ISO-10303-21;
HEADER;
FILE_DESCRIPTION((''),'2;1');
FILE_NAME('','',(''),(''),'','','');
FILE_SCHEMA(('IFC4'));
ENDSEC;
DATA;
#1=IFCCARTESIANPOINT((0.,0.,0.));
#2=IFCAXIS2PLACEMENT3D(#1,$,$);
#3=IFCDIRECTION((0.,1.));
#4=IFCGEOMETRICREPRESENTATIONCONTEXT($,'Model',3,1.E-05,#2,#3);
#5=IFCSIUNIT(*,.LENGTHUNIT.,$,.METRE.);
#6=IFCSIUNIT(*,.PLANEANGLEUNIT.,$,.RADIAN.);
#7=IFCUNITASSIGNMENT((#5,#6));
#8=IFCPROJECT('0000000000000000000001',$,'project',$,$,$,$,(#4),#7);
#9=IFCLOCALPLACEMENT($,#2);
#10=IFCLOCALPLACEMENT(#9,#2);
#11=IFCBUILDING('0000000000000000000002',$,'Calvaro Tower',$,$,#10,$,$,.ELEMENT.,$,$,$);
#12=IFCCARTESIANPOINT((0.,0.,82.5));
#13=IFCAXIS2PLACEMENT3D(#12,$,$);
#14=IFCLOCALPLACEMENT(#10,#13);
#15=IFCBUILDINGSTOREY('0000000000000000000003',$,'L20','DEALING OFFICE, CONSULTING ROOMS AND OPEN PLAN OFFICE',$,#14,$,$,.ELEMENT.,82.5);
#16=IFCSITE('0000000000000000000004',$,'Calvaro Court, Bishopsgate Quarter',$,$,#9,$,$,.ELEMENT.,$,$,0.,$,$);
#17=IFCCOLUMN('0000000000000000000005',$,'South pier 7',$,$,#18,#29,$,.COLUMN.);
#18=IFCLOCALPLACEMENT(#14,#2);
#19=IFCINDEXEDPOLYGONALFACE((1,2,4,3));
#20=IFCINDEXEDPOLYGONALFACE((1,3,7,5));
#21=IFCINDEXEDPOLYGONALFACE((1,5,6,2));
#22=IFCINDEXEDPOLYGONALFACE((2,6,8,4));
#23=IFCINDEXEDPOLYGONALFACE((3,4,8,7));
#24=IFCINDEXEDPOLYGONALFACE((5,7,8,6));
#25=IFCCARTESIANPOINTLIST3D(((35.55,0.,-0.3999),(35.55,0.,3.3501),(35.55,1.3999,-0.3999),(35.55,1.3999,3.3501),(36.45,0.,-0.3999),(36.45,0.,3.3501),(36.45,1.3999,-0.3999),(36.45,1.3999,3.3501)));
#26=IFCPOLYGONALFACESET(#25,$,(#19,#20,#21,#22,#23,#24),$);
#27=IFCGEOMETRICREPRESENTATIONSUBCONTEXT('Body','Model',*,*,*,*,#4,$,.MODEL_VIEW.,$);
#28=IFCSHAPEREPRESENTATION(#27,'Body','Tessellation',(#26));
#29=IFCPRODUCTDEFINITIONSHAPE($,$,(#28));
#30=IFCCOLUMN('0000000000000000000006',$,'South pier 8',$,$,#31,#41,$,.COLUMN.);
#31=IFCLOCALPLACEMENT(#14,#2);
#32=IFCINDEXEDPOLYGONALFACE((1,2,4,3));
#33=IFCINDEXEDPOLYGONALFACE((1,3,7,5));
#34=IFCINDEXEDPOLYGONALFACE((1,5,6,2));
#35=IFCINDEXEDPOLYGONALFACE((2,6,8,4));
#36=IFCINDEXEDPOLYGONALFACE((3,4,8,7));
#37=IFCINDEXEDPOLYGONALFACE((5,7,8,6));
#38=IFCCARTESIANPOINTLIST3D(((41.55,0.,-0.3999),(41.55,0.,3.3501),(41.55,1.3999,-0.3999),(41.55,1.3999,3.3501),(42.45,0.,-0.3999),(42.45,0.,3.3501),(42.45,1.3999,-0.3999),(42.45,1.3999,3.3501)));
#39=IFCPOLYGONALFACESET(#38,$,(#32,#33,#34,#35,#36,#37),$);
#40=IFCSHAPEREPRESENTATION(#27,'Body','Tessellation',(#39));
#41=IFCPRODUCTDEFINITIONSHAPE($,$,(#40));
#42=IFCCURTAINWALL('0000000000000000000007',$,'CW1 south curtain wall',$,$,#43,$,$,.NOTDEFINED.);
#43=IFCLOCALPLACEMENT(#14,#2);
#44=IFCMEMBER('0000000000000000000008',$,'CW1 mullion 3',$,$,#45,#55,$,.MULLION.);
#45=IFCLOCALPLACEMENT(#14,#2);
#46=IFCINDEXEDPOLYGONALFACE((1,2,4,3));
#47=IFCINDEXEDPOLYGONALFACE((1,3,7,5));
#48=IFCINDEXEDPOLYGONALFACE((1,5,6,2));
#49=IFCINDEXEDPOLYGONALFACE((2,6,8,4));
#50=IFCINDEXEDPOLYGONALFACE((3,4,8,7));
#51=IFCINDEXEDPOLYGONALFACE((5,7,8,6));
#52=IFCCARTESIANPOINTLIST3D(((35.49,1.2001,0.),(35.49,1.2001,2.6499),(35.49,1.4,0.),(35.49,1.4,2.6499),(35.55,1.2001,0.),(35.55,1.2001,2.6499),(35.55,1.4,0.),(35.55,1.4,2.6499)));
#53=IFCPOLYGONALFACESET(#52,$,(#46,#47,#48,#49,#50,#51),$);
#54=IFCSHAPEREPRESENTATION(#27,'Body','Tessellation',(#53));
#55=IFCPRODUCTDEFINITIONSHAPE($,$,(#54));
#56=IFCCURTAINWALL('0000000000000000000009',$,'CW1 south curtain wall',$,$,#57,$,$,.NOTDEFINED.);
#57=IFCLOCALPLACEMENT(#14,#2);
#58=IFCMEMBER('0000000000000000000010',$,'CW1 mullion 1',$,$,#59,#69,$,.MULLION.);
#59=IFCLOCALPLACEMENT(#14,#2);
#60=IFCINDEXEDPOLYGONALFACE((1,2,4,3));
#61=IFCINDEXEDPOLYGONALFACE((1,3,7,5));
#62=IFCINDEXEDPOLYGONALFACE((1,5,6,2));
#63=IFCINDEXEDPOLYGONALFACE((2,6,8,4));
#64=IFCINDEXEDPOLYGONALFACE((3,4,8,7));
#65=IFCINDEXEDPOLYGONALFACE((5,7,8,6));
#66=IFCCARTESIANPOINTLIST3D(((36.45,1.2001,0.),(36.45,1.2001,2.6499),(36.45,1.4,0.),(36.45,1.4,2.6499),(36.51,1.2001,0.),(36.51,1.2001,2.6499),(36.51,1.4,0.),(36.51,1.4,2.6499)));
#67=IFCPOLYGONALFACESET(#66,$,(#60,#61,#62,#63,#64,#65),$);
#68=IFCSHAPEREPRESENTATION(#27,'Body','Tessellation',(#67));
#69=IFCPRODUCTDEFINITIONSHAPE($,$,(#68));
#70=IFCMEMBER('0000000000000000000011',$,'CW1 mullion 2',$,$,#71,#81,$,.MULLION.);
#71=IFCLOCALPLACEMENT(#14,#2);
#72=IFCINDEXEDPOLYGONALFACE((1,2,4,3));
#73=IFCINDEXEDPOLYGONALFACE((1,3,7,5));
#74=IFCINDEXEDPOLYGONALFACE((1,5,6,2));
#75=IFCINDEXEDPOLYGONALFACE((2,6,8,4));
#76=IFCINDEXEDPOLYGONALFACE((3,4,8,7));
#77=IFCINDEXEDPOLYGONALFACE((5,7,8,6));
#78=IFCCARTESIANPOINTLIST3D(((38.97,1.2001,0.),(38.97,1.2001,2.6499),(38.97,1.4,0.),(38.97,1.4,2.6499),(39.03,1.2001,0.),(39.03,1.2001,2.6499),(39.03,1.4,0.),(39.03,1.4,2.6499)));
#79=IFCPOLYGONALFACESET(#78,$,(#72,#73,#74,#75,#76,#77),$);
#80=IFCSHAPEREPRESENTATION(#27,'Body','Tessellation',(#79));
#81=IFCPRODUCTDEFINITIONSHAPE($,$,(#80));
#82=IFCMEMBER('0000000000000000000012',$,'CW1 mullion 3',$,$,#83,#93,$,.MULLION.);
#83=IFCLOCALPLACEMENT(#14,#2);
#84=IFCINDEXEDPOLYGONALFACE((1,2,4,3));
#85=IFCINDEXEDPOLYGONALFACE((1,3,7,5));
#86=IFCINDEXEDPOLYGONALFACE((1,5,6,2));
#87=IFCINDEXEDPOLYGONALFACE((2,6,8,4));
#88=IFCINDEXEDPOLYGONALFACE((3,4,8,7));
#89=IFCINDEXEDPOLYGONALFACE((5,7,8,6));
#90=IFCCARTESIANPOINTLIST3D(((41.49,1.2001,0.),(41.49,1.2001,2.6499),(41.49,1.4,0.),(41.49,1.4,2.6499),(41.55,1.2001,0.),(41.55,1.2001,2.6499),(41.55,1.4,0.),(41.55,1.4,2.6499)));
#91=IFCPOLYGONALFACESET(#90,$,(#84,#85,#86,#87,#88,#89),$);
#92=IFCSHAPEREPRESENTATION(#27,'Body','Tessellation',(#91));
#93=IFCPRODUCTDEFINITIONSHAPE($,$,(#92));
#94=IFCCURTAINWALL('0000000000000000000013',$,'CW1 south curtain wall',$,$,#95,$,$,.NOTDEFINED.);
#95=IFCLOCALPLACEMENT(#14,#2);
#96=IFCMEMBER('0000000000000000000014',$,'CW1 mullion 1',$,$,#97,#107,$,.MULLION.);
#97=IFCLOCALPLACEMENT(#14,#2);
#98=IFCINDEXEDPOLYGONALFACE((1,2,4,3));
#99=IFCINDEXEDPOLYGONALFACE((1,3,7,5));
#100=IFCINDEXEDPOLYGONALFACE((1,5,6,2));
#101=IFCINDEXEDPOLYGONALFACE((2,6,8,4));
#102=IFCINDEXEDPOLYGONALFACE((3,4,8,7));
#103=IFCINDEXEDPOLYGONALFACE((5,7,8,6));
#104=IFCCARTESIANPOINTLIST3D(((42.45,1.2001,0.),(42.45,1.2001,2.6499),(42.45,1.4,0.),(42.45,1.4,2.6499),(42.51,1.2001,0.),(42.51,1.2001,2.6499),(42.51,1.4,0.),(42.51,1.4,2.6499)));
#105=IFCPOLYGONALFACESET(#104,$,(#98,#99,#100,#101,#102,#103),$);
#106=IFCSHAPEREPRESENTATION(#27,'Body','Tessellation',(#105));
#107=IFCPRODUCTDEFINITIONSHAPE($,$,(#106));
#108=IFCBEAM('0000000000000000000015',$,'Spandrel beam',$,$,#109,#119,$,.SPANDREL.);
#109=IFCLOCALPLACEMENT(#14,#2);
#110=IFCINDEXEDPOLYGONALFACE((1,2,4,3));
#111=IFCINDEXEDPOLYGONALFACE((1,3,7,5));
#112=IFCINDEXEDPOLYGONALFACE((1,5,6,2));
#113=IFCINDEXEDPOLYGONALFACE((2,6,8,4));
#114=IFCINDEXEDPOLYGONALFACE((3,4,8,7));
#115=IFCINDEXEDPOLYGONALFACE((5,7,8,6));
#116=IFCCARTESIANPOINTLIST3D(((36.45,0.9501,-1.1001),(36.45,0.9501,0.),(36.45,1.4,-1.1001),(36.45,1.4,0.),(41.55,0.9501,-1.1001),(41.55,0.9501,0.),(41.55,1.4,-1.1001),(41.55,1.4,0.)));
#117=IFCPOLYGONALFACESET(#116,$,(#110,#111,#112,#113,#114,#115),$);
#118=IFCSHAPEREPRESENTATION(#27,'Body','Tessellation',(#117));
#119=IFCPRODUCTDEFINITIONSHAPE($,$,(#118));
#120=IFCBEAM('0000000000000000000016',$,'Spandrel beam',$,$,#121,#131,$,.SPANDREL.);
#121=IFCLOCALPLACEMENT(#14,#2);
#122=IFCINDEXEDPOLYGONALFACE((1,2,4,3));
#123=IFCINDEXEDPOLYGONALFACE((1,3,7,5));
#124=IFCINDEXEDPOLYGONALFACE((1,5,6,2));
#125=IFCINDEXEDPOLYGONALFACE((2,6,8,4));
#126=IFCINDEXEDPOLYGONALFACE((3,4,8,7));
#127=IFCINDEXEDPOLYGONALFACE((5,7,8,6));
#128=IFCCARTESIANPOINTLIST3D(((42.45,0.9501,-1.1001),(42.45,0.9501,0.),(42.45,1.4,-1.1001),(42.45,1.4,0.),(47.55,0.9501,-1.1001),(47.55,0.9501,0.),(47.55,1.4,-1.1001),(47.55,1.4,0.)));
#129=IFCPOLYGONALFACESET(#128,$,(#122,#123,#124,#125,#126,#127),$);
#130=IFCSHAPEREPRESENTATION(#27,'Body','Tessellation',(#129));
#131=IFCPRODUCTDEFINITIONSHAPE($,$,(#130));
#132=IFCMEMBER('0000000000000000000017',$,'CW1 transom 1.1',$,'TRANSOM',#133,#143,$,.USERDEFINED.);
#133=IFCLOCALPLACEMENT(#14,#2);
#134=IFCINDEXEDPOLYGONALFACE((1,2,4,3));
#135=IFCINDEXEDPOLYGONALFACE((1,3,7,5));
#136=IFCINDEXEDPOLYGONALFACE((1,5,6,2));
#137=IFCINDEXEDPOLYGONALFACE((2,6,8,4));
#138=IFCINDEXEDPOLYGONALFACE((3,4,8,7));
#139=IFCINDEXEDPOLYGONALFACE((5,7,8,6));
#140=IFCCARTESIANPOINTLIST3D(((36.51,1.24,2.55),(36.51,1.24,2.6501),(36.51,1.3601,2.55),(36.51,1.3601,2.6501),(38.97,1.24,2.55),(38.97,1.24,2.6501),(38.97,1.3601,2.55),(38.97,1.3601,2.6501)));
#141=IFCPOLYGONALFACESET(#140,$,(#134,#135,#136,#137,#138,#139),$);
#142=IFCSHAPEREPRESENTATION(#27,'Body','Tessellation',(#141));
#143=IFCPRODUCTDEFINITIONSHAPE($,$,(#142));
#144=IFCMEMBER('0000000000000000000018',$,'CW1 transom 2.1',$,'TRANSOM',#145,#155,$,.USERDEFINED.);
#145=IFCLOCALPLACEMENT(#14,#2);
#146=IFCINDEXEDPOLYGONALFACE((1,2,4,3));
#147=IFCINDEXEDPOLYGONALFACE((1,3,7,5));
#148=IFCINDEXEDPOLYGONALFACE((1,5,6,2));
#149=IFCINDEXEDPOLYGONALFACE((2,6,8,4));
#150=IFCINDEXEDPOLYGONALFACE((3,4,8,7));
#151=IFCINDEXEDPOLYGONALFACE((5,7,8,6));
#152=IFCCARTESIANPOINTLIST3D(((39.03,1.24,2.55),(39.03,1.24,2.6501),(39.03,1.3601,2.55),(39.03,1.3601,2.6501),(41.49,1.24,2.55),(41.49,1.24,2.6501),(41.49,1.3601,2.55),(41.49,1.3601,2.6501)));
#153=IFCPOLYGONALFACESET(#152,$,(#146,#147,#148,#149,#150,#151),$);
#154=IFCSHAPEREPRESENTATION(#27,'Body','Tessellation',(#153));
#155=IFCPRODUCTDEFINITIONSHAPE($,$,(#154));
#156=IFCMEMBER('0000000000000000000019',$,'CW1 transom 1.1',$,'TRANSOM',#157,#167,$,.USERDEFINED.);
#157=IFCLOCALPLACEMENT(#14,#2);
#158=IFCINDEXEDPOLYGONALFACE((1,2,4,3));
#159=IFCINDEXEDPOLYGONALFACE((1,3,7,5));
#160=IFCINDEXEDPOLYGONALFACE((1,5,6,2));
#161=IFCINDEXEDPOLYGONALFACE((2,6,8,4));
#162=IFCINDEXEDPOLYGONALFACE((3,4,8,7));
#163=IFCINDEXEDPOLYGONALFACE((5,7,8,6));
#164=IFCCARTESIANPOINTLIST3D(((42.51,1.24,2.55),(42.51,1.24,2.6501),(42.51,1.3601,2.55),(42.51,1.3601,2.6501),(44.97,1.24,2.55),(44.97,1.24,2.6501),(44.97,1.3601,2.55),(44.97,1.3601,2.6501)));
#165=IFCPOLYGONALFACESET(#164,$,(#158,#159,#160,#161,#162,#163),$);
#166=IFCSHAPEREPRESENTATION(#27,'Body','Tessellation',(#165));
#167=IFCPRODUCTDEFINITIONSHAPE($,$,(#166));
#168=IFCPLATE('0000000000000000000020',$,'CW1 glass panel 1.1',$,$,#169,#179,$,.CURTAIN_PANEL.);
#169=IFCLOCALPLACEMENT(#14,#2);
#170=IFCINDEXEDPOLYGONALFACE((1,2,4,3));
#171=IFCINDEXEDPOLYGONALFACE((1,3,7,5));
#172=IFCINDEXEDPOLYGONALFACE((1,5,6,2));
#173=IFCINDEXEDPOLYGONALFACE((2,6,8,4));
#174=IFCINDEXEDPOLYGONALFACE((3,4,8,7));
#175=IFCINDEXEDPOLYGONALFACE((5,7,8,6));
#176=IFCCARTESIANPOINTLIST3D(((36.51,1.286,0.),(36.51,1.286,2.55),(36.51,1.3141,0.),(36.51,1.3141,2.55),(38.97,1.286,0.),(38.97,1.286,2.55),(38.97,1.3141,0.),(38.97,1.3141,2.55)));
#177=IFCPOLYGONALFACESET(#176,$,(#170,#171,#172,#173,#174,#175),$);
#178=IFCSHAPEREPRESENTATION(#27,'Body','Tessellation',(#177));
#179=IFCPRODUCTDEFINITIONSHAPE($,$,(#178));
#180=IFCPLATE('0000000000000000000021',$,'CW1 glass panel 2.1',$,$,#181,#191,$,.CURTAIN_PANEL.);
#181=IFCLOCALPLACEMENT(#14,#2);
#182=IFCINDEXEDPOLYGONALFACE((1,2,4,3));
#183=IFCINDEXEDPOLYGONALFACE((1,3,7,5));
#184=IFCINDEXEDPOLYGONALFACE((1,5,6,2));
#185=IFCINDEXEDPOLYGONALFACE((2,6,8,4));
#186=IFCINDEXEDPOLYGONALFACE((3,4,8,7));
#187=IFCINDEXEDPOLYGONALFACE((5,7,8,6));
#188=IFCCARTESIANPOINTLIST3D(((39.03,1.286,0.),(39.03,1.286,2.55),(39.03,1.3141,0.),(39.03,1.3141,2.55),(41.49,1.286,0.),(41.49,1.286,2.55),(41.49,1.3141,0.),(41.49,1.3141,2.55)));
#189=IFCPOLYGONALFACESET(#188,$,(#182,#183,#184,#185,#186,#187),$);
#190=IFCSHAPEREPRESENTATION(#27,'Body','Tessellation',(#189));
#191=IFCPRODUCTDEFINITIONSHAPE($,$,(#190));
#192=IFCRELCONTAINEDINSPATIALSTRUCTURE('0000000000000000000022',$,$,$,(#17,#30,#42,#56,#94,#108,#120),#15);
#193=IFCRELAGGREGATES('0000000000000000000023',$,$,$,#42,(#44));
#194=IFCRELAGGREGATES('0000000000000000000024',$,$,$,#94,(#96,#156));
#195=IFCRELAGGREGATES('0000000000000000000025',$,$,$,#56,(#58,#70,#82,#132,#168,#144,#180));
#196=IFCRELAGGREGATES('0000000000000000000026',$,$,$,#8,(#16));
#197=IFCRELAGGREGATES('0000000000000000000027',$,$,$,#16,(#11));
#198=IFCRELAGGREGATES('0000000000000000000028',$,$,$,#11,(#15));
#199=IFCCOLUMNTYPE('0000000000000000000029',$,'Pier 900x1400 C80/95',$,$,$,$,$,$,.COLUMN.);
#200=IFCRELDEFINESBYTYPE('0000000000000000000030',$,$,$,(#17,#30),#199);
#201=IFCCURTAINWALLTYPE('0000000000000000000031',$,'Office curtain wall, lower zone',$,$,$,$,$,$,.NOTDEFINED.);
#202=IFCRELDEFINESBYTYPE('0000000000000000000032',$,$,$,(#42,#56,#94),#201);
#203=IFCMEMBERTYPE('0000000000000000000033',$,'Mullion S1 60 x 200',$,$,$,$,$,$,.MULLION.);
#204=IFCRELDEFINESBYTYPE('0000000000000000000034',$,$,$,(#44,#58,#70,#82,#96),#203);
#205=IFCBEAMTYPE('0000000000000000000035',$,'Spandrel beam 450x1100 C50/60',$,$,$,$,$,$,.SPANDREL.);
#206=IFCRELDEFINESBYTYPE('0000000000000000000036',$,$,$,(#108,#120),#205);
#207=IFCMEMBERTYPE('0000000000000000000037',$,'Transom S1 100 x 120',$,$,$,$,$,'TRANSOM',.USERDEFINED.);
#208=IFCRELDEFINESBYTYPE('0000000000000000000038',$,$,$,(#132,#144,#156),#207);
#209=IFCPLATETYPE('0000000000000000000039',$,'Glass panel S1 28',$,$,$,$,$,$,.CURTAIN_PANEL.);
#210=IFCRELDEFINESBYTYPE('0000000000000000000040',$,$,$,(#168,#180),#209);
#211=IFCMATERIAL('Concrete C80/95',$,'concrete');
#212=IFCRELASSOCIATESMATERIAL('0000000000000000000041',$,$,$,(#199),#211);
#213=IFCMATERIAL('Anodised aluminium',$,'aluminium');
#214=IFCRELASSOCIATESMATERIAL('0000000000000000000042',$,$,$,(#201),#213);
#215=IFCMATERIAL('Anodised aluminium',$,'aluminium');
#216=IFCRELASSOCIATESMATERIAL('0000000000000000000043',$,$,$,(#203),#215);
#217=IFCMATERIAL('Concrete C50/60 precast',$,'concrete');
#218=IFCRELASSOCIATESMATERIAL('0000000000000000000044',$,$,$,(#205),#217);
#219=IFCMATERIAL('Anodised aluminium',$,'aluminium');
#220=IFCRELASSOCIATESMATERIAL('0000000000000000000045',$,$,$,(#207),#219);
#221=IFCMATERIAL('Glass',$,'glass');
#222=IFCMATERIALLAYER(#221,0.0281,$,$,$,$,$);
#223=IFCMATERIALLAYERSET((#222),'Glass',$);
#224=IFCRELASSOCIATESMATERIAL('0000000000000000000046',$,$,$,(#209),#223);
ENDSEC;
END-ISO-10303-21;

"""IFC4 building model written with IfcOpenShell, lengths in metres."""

from ifc_helpers import new_model, si_unit, direction, frame, origin, origin_2d, place, context, subcontext, project, spatial, rectangle, extrude, material, layer, layer_set, material_profile, profile_set, type_object, element, aggregate, save


model = new_model("IFC4")

# Units and contexts
model_context = context("Model", 3, precision=1e-05, world=origin(), true_north=direction((0.0, 1.0)))
body_context = subcontext(model_context, "Body", "Model", "MODEL_VIEW")
ifc_project = project(units=[si_unit("LENGTHUNIT", "METRE"), si_unit("PLANEANGLEUNIT", "RADIAN")], contexts=[model_context])

# Site, building, storey
site_placement = place(None, origin())
site = spatial("IfcSite", under=ifc_project, at=site_placement, Name="Calvaro Court, Bishopsgate Quarter", CompositionType="ELEMENT", RefElevation=0.0)
building_placement = place(site_placement, origin())
building = spatial("IfcBuilding", under=site, at=building_placement, Name="Calvaro Tower", CompositionType="ELEMENT")
storey_placement = place(building_placement, frame((0.0, 0.0, 82.5)))
storey = spatial("IfcBuildingStorey", under=building, at=storey_placement, Name="L20", Description="DEALING OFFICE, CONSULTING ROOMS AND OPEN PLAN OFFICE", CompositionType="ELEMENT", Elevation=82.5)

# Columns
ifc_material_1 = material(Name="Concrete C80/95", Category="concrete")
ifc_material_profile_1 = material_profile(ifc_material_1, rectangle(XDim=0.8999, YDim=1.3999, at=origin_2d()), Name="RC 900x1400")
ifc_profile_set_1 = profile_set([ifc_material_profile_1], Name="Concrete C80/95")
column_type = type_object("IfcColumnType", Name="Pier 900x1400 C80/95", PredefinedType="COLUMN", material=ifc_profile_set_1)
for number, where, z_axis, x_axis, name in (
    (1, (36.0, 0.7, -0.3999), (0.0, 0.0, 1.0), (1.0, 0.0, 0.0), "South pier 7"),
    (2, (42.0, 0.7, -0.3999), (0.0, 0.0, 1.0), (1.0, 0.0, 0.0), "South pier 8"),
):
    element("IfcColumn", number, at=place(storey_placement, frame(where, z_axis=z_axis, x_axis=x_axis)), inside=storey, type_object=column_type, Name=name, PredefinedType="COLUMN", context=body_context, shape_type="SweptSolid", body=[
        extrude(rectangle(XDim=0.8999, YDim=1.3999, at=origin_2d()), origin(), (0.0, 0.0, 1.0), 3.75),
    ])

# Curtain wall, member
ifc_material_2 = material(Name="Anodised aluminium", Category="aluminium")
curtain_wall_type = type_object("IfcCurtainWallType", Name="Office curtain wall, lower zone", PredefinedType="NOTDEFINED", material=ifc_material_2)
curtain_wall_1_placement = place(storey_placement, origin())
curtain_wall_1 = element("IfcCurtainWall", 3, at=curtain_wall_1_placement, inside=storey, type_object=curtain_wall_type, Name="CW1 south curtain wall", PredefinedType="NOTDEFINED")
ifc_material_3 = material(Name="Anodised aluminium", Category="aluminium")
ifc_material_profile_2 = material_profile(ifc_material_3, rectangle(XDim=0.2, YDim=0.0601, at=origin_2d()), Name="Mullion S1 60 x 200")
ifc_profile_set_2 = profile_set([ifc_material_profile_2], Name="Anodised aluminium")
member_type_1 = type_object("IfcMemberType", Name="Mullion S1 60 x 200", PredefinedType="MULLION", material=ifc_profile_set_2)
member_1_placement = place(storey_placement, frame((35.52, 1.3, 0.0), z_axis=(0.0, 0.0, 1.0), x_axis=(0.0, 1.0, 0.0)))
member_1 = element("IfcMember", 4, at=member_1_placement, type_object=member_type_1, Name="CW1 mullion 3", PredefinedType="MULLION", context=body_context, shape_type="SweptSolid", body=[
    extrude(rectangle(XDim=0.2, YDim=0.0601, at=origin_2d()), origin(), (0.0, 0.0, 1.0), 2.6499),
])
aggregate(curtain_wall_1, [member_1])

# Curtain wall, members
curtain_wall_2_placement = place(storey_placement, origin())
curtain_wall_2 = element("IfcCurtainWall", 5, at=curtain_wall_2_placement, inside=storey, type_object=curtain_wall_type, Name="CW1 south curtain wall", PredefinedType="NOTDEFINED")
member_2_placement = place(storey_placement, frame((36.48, 1.3, 0.0), z_axis=(0.0, 0.0, 1.0), x_axis=(0.0, 1.0, 0.0)))
member_2 = element("IfcMember", 6, at=member_2_placement, type_object=member_type_1, Name="CW1 mullion 1", PredefinedType="MULLION", context=body_context, shape_type="SweptSolid", body=[
    extrude(rectangle(XDim=0.2, YDim=0.0601, at=origin_2d()), origin(), (0.0, 0.0, 1.0), 2.6499),
])
member_3_placement = place(storey_placement, frame((39.0, 1.3, 0.0), z_axis=(0.0, 0.0, 1.0), x_axis=(0.0, 1.0, 0.0)))
member_3 = element("IfcMember", 7, at=member_3_placement, type_object=member_type_1, Name="CW1 mullion 2", PredefinedType="MULLION", context=body_context, shape_type="SweptSolid", body=[
    extrude(rectangle(XDim=0.2, YDim=0.0601, at=origin_2d()), origin(), (0.0, 0.0, 1.0), 2.6499),
])
member_4_placement = place(storey_placement, frame((41.52, 1.3, 0.0), z_axis=(0.0, 0.0, 1.0), x_axis=(0.0, 1.0, 0.0)))
member_4 = element("IfcMember", 8, at=member_4_placement, type_object=member_type_1, Name="CW1 mullion 3", PredefinedType="MULLION", context=body_context, shape_type="SweptSolid", body=[
    extrude(rectangle(XDim=0.2, YDim=0.0601, at=origin_2d()), origin(), (0.0, 0.0, 1.0), 2.6499),
])

# Curtain wall, member
curtain_wall_3_placement = place(storey_placement, origin())
curtain_wall_3 = element("IfcCurtainWall", 9, at=curtain_wall_3_placement, inside=storey, type_object=curtain_wall_type, Name="CW1 south curtain wall", PredefinedType="NOTDEFINED")
member_5_placement = place(storey_placement, frame((42.48, 1.3, 0.0), z_axis=(0.0, 0.0, 1.0), x_axis=(0.0, 1.0, 0.0)))
member_5 = element("IfcMember", 10, at=member_5_placement, type_object=member_type_1, Name="CW1 mullion 1", PredefinedType="MULLION", context=body_context, shape_type="SweptSolid", body=[
    extrude(rectangle(XDim=0.2, YDim=0.0601, at=origin_2d()), origin(), (0.0, 0.0, 1.0), 2.6499),
])

# Beams
ifc_material_4 = material(Name="Concrete C50/60 precast", Category="concrete")
ifc_material_profile_3 = material_profile(ifc_material_4, rectangle(XDim=0.45, YDim=1.1001, at=origin_2d()), Name="RC 450x1100")
ifc_profile_set_3 = profile_set([ifc_material_profile_3], Name="Concrete C50/60 precast")
beam_type = type_object("IfcBeamType", Name="Spandrel beam 450x1100 C50/60", PredefinedType="SPANDREL", material=ifc_profile_set_3)
for number, where, z_axis, x_axis, name in (
    (11, (36.45, 1.175, -0.55), (1.0, 0.0, 0.0), (0.0, 1.0, 0.0), "Spandrel beam"),
    (12, (42.45, 1.175, -0.55), (1.0, 0.0, 0.0), (0.0, 1.0, 0.0), "Spandrel beam"),
):
    element("IfcBeam", number, at=place(storey_placement, frame(where, z_axis=z_axis, x_axis=x_axis)), inside=storey, type_object=beam_type, Name=name, PredefinedType="SPANDREL", context=body_context, shape_type="SweptSolid", body=[
        extrude(rectangle(XDim=0.45, YDim=1.1001, at=origin_2d()), origin(), (0.0, 0.0, 1.0), 5.1001),
    ])

# Members
ifc_material_5 = material(Name="Anodised aluminium", Category="aluminium")
ifc_material_profile_4 = material_profile(ifc_material_5, rectangle(XDim=0.1201, YDim=0.1001, at=origin_2d()), Name="Transom S1 100 x 120")
ifc_profile_set_4 = profile_set([ifc_material_profile_4], Name="Anodised aluminium")
member_type_2 = type_object("IfcMemberType", Name="Transom S1 100 x 120", ElementType="TRANSOM", PredefinedType="USERDEFINED", material=ifc_profile_set_4)
member_6_placement = place(storey_placement, frame((36.51, 1.3, 2.6001), z_axis=(1.0, 0.0, 0.0), x_axis=(0.0, 1.0, 0.0)))
member_6 = element("IfcMember", 13, at=member_6_placement, type_object=member_type_2, Name="CW1 transom 1.1", ObjectType="TRANSOM", PredefinedType="USERDEFINED", context=body_context, shape_type="SweptSolid", body=[
    extrude(rectangle(XDim=0.1201, YDim=0.1001, at=origin_2d()), origin(), (0.0, 0.0, 1.0), 2.46),
])
member_7_placement = place(storey_placement, frame((39.03, 1.3, 2.6001), z_axis=(1.0, 0.0, 0.0), x_axis=(0.0, 1.0, 0.0)))
member_7 = element("IfcMember", 14, at=member_7_placement, type_object=member_type_2, Name="CW1 transom 2.1", ObjectType="TRANSOM", PredefinedType="USERDEFINED", context=body_context, shape_type="SweptSolid", body=[
    extrude(rectangle(XDim=0.1201, YDim=0.1001, at=origin_2d()), origin(), (0.0, 0.0, 1.0), 2.46),
])
member_8_placement = place(storey_placement, frame((42.51, 1.3, 2.6001), z_axis=(1.0, 0.0, 0.0), x_axis=(0.0, 1.0, 0.0)))
member_8 = element("IfcMember", 15, at=member_8_placement, type_object=member_type_2, Name="CW1 transom 1.1", ObjectType="TRANSOM", PredefinedType="USERDEFINED", context=body_context, shape_type="SweptSolid", body=[
    extrude(rectangle(XDim=0.1201, YDim=0.1001, at=origin_2d()), origin(), (0.0, 0.0, 1.0), 2.46),
])
aggregate(curtain_wall_3, [member_5, member_8])

# Plates
ifc_material_6 = material(Name="Glass", Category="glass")
ifc_layer = layer(ifc_material_6, 0.0281)
ifc_layer_set = layer_set([ifc_layer], Name="Glass")
plate_type = type_object("IfcPlateType", Name="Glass panel S1 28", PredefinedType="CURTAIN_PANEL", material=ifc_layer_set)
plate_1_placement = place(storey_placement, frame((37.74, 1.3, 0.0), z_axis=(0.0, 0.0, 1.0), x_axis=(1.0, 0.0, 0.0)))
plate_1 = element("IfcPlate", 16, at=plate_1_placement, type_object=plate_type, Name="CW1 glass panel 1.1", PredefinedType="CURTAIN_PANEL", context=body_context, shape_type="SweptSolid", body=[
    extrude(rectangle(XDim=2.46, YDim=0.0281, at=origin_2d()), origin(), (0.0, 0.0, 1.0), 2.55),
])
plate_2_placement = place(storey_placement, frame((40.26, 1.3, 0.0), z_axis=(0.0, 0.0, 1.0), x_axis=(1.0, 0.0, 0.0)))
plate_2 = element("IfcPlate", 17, at=plate_2_placement, type_object=plate_type, Name="CW1 glass panel 2.1", PredefinedType="CURTAIN_PANEL", context=body_context, shape_type="SweptSolid", body=[
    extrude(rectangle(XDim=2.46, YDim=0.0281, at=origin_2d()), origin(), (0.0, 0.0, 1.0), 2.55),
])
aggregate(curtain_wall_2, [member_2, member_3, member_4, member_6, plate_1, member_7, plate_2])

save(model, "model.ifc")
